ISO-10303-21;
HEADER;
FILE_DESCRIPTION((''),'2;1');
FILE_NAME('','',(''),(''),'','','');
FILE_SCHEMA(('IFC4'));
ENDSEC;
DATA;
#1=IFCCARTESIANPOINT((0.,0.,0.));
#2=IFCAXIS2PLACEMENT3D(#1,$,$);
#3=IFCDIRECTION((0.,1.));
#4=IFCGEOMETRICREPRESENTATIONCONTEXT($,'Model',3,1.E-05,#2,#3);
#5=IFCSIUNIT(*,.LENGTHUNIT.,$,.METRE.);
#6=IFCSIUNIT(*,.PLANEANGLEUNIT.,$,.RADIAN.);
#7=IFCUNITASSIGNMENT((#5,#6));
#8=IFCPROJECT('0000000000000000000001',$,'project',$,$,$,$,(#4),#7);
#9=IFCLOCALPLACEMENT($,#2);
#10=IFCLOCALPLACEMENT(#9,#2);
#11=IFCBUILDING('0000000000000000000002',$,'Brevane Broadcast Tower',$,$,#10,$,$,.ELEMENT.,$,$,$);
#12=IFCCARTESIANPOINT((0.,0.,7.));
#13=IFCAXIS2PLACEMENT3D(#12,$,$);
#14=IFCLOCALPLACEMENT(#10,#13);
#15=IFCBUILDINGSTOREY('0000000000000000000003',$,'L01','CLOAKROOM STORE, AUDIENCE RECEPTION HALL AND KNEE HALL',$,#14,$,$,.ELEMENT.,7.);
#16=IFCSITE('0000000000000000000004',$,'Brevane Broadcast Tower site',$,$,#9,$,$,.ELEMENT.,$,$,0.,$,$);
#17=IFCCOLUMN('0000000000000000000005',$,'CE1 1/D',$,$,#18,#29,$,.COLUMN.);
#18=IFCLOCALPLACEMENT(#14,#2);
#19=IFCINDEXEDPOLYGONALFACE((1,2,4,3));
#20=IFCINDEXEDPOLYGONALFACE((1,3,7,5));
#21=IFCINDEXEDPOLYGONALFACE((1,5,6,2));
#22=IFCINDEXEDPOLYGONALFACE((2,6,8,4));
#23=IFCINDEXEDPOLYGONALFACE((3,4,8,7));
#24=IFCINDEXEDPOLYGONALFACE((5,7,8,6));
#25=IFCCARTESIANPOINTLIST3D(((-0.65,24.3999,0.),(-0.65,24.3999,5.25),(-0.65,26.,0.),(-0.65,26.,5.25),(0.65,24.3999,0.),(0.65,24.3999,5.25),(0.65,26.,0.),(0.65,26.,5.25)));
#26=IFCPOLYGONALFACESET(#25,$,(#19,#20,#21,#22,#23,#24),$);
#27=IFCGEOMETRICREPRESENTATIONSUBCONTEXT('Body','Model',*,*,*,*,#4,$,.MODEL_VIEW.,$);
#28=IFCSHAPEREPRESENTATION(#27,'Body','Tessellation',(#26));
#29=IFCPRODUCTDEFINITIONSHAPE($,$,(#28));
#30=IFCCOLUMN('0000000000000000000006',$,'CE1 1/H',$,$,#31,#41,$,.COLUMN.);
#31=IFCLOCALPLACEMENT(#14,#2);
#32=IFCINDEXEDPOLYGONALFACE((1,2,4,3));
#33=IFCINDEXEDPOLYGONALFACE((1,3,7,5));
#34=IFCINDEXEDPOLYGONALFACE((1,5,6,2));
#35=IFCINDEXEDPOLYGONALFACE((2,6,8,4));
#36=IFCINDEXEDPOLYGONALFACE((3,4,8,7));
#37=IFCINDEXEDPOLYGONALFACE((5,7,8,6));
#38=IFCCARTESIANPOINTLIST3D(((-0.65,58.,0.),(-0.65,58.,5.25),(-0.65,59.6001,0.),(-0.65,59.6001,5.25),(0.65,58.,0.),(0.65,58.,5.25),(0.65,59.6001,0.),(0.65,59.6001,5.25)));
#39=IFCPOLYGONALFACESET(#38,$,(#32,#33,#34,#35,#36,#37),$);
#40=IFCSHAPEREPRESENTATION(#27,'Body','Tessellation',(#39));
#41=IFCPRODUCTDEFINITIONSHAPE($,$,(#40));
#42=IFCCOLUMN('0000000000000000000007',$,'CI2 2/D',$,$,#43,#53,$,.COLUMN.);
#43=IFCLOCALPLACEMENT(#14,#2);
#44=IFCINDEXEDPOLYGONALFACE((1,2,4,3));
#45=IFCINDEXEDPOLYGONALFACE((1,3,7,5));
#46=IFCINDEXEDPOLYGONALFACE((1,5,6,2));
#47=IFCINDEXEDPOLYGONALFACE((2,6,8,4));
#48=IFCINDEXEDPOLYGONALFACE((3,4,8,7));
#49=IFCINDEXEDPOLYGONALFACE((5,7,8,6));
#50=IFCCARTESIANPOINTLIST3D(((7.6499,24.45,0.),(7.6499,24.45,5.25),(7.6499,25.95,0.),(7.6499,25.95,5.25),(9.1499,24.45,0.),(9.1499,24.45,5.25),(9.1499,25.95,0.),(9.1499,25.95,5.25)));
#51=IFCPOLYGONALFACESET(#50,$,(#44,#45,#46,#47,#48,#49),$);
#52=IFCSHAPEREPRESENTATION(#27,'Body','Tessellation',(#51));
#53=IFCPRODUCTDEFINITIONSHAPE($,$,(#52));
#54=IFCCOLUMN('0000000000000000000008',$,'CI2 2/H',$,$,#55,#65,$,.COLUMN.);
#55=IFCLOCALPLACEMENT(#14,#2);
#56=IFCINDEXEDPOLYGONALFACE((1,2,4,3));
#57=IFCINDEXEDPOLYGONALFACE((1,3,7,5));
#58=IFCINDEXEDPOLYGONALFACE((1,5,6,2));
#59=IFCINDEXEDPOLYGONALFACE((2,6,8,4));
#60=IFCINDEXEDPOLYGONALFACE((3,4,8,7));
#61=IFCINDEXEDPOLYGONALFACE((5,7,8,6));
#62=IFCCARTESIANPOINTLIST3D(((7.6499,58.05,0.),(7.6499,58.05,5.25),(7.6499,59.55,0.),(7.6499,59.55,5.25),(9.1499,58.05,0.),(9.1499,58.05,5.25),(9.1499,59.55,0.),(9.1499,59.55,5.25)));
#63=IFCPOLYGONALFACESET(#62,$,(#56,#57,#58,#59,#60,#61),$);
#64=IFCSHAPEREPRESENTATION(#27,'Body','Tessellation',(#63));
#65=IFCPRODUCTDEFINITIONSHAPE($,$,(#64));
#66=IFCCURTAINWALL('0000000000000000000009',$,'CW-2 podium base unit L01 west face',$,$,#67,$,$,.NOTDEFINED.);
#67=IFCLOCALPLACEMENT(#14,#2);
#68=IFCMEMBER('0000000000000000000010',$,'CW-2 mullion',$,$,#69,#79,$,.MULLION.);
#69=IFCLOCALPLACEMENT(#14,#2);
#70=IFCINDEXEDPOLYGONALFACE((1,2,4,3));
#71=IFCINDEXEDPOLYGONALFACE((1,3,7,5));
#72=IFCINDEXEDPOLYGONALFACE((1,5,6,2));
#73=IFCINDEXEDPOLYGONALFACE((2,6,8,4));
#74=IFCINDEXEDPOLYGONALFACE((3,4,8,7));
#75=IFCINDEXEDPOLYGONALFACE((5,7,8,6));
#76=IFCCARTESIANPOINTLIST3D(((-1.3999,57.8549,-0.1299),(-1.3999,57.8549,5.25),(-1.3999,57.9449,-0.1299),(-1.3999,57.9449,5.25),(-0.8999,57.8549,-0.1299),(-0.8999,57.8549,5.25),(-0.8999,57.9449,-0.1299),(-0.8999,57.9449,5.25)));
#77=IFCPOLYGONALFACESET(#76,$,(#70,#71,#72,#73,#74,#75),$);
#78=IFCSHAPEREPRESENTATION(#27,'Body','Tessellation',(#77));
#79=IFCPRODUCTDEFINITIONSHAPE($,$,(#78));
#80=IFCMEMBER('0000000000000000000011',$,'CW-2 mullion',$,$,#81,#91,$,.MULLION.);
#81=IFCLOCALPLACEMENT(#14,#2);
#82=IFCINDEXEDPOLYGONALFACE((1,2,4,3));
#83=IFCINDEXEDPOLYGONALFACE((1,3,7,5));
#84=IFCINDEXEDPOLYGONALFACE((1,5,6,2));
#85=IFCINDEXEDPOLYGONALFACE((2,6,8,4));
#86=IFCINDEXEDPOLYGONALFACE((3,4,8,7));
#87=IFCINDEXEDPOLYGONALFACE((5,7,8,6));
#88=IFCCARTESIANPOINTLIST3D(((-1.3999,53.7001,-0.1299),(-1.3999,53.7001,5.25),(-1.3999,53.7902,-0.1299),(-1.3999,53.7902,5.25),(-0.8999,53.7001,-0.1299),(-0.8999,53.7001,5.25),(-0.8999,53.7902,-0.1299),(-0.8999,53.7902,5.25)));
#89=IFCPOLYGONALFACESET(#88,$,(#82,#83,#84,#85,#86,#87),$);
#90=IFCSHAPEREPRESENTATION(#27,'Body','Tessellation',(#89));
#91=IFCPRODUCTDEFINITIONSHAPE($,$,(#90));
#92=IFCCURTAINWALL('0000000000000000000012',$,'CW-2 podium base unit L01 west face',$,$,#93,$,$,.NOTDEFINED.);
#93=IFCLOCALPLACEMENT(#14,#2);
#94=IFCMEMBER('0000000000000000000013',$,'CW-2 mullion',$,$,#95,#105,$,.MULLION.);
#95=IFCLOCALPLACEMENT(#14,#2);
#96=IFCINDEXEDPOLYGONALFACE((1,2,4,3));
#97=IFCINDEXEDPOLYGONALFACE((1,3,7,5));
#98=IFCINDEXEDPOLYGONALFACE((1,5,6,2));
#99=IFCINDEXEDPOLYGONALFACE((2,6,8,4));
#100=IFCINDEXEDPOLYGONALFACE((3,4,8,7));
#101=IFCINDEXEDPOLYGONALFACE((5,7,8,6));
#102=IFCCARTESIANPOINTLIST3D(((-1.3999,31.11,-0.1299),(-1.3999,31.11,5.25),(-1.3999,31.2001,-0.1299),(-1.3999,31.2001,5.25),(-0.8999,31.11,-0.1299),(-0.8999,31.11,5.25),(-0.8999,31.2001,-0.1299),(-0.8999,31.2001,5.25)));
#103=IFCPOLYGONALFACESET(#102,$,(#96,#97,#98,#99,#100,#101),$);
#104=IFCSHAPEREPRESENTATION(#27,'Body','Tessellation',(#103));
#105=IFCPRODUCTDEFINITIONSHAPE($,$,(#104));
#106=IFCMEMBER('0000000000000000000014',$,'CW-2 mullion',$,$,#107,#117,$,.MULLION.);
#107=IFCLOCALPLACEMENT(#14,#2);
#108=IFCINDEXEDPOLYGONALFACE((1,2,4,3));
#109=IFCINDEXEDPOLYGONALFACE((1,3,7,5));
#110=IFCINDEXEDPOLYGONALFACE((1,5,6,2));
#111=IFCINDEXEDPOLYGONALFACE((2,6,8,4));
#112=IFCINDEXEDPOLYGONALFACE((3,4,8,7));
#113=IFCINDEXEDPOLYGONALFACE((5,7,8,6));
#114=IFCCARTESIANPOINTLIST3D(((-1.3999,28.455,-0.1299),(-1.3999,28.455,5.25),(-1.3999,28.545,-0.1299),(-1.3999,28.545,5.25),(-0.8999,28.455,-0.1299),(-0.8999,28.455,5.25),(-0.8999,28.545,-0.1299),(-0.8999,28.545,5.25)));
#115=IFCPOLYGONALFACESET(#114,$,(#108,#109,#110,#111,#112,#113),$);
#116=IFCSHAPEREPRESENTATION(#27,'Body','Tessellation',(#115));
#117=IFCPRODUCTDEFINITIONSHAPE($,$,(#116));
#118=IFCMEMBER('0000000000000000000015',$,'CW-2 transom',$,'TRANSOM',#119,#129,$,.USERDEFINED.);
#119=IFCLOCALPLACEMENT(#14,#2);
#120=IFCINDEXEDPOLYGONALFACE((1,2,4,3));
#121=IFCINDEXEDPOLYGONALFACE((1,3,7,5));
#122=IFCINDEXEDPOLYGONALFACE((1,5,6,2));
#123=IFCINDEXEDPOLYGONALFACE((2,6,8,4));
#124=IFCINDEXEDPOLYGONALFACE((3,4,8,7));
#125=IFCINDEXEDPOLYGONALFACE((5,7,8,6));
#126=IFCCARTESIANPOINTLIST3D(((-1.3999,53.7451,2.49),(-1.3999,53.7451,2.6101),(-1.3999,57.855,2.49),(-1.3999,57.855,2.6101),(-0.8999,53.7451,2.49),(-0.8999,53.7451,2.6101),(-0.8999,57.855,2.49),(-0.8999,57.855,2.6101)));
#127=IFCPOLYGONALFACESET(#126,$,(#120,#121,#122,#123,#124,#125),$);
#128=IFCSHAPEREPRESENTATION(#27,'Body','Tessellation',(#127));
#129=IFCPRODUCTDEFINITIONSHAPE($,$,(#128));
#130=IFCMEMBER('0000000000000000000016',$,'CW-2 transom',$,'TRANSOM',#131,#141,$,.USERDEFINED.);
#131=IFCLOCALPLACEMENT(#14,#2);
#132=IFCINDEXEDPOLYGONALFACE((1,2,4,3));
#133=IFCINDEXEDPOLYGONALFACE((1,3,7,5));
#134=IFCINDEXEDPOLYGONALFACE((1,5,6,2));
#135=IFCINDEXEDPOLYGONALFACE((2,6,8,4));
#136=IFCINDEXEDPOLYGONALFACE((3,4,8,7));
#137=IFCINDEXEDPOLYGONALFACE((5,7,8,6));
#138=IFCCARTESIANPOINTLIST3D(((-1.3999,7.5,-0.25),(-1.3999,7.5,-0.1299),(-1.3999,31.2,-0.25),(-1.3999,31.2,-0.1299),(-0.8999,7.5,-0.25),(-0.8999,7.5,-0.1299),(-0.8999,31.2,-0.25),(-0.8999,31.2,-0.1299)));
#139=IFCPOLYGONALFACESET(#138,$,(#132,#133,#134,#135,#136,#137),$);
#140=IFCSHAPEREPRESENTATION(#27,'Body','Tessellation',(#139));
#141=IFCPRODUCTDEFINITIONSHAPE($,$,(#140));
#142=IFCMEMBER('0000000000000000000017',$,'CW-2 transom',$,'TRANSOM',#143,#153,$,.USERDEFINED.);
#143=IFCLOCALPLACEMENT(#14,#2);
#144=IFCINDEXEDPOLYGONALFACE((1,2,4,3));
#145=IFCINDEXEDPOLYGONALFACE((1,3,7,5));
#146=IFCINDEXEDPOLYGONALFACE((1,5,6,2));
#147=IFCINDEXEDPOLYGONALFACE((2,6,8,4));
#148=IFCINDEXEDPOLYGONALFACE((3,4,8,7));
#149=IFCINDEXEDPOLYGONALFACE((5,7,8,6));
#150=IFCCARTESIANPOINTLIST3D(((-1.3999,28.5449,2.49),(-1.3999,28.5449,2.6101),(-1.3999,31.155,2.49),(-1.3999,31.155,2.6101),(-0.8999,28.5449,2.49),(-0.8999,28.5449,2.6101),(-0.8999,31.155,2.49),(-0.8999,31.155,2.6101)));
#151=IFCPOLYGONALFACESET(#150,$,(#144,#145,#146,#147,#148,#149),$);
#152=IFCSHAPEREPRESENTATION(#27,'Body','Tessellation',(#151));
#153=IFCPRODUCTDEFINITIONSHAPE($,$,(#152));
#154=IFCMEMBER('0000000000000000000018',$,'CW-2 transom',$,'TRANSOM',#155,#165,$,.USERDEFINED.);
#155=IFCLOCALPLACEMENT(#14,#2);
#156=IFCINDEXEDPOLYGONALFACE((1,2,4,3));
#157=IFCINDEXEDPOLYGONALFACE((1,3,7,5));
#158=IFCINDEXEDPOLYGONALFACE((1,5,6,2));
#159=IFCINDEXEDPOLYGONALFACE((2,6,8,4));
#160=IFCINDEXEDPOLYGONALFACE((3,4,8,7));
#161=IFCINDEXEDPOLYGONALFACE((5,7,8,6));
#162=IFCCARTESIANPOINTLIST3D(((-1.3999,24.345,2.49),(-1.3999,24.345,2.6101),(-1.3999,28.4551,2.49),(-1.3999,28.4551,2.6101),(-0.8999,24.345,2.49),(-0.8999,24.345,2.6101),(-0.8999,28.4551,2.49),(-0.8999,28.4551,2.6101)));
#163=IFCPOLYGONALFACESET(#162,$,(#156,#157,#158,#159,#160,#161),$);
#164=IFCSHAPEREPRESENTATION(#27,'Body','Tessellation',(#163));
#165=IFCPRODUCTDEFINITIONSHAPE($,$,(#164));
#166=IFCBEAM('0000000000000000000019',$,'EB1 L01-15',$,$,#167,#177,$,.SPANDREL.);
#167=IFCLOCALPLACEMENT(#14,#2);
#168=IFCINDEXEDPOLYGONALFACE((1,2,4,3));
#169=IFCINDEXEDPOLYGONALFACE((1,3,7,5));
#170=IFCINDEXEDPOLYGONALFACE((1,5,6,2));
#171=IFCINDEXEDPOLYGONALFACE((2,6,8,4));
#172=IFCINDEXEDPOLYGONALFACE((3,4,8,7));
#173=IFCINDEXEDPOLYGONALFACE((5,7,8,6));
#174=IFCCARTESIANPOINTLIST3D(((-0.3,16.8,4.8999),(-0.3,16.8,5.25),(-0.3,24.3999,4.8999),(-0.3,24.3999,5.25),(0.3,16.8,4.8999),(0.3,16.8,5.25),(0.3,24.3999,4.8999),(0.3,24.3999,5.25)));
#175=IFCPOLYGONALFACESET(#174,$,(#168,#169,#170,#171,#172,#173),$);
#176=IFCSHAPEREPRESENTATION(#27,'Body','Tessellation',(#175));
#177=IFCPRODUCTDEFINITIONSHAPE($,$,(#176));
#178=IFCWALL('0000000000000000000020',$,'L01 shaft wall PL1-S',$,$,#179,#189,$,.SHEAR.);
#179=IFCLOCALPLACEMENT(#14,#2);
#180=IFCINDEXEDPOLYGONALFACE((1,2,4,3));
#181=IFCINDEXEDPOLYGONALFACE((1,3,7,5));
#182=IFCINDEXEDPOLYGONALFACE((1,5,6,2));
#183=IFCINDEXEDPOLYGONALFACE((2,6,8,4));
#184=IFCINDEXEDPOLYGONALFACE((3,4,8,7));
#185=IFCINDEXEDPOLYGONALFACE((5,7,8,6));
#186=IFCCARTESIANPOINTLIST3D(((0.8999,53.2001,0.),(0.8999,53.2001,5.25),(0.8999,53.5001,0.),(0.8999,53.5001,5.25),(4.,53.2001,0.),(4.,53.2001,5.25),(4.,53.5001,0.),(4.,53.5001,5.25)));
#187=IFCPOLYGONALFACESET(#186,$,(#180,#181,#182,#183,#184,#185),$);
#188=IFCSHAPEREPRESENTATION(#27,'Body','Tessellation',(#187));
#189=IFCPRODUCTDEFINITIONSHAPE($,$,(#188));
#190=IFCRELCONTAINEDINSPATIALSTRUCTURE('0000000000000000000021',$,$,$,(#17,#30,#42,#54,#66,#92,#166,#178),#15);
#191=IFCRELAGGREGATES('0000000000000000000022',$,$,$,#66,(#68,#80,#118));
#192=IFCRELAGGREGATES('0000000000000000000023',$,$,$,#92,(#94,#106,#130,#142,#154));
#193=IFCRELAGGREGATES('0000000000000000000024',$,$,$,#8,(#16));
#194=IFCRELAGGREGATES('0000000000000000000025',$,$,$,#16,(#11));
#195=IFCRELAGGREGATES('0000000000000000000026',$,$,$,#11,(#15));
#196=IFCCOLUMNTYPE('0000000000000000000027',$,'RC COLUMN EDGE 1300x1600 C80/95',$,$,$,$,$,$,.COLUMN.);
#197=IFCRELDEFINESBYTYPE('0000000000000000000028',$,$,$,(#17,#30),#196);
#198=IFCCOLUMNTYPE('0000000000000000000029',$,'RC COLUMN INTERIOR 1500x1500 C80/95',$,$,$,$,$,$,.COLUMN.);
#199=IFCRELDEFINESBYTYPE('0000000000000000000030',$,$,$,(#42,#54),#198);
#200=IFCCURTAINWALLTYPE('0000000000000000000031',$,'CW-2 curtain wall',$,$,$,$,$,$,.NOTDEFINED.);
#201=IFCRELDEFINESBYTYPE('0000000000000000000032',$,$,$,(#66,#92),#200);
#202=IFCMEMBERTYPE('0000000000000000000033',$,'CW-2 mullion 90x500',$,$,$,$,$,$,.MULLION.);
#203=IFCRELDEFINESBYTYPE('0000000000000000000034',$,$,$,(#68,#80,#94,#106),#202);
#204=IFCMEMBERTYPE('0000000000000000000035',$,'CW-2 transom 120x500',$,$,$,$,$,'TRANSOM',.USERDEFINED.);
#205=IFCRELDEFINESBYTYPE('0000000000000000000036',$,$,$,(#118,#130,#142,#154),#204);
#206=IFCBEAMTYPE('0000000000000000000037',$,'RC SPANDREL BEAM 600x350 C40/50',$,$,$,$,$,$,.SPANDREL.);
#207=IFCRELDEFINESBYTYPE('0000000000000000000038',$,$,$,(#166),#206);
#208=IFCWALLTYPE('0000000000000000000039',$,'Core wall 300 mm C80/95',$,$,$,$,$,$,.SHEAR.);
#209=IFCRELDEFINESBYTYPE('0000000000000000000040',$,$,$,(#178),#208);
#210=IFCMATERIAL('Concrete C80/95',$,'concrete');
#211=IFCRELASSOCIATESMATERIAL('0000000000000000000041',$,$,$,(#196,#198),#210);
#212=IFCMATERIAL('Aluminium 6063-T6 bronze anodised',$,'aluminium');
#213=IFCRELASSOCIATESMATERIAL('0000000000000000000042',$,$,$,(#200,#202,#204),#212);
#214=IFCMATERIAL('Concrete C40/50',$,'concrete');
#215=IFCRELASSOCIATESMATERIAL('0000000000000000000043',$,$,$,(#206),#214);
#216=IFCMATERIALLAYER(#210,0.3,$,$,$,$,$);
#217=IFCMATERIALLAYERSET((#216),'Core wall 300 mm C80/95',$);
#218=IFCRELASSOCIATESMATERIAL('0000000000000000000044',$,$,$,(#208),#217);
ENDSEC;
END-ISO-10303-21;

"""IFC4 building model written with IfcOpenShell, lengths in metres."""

from ifc_helpers import new_model, si_unit, direction, frame, frame_2d, origin, origin_2d, place, context, subcontext, project, spatial, rectangle, extrude, material, layer, layer_set, material_profile, profile_set, type_object, element, aggregate, save


model = new_model("IFC4")

# Units and contexts
model_context = context("Model", 3, precision=1e-05, world=origin(), true_north=direction((0.0, 1.0)))
body_context = subcontext(model_context, "Body", "Model", "MODEL_VIEW")
ifc_project = project(units=[si_unit("LENGTHUNIT", "METRE"), si_unit("PLANEANGLEUNIT", "RADIAN")], contexts=[model_context])

# Site, building, storey
site_placement = place(None, origin())
site = spatial("IfcSite", under=ifc_project, at=site_placement, Name="Brevane Broadcast Tower site", CompositionType="ELEMENT", RefElevation=0.0)
building_placement = place(site_placement, origin())
building = spatial("IfcBuilding", under=site, at=building_placement, Name="Brevane Broadcast Tower", CompositionType="ELEMENT")
storey_placement = place(building_placement, frame((0.0, 0.0, 7.0)))
storey = spatial("IfcBuildingStorey", under=building, at=storey_placement, Name="L01", Description="CLOAKROOM STORE, AUDIENCE RECEPTION HALL AND KNEE HALL", CompositionType="ELEMENT", Elevation=7.0)

# Columns
ifc_material_1 = material(Name="Concrete C80/95", Category="concrete")
ifc_material_profile_1 = material_profile(ifc_material_1, rectangle(XDim=1.3, YDim=1.6001, at=origin_2d()), Name="RC 1300x1600")
ifc_profile_set_1 = profile_set([ifc_material_profile_1], Name="Concrete C80/95")
column_type_1 = type_object("IfcColumnType", Name="RC COLUMN EDGE 1300x1600 C80/95", PredefinedType="COLUMN", material=ifc_profile_set_1)
for number, where, z_axis, x_axis, name in (
    (1, (0.0, 25.2, 0.0), (0.0, 0.0, 1.0), (1.0, 0.0, 0.0), "CE1 1/D"),
    (2, (0.0, 58.8, 0.0), (0.0, 0.0, 1.0), (1.0, 0.0, 0.0), "CE1 1/H"),
):
    element("IfcColumn", number, at=place(storey_placement, frame(where, z_axis=z_axis, x_axis=x_axis)), inside=storey, type_object=column_type_1, Name=name, PredefinedType="COLUMN", context=body_context, shape_type="SweptSolid", body=[
        extrude(rectangle(XDim=1.3, YDim=1.6001, at=origin_2d()), origin(), (0.0, 0.0, 1.0), 5.25),
    ])
ifc_material_profile_2 = material_profile(ifc_material_1, rectangle(XDim=1.5, YDim=1.5, at=origin_2d()), Name="RC 1500x1500")
ifc_profile_set_2 = profile_set([ifc_material_profile_2], Name="Concrete C80/95")
column_type_2 = type_object("IfcColumnType", Name="RC COLUMN INTERIOR 1500x1500 C80/95", PredefinedType="COLUMN", material=ifc_profile_set_2)
for number, where, z_axis, x_axis, name in (
    (3, (8.3999, 25.2, 0.0), (0.0, 0.0, 1.0), (1.0, 0.0, 0.0), "CI2 2/D"),
    (4, (8.3999, 58.8, 0.0), (0.0, 0.0, 1.0), (1.0, 0.0, 0.0), "CI2 2/H"),
):
    element("IfcColumn", number, at=place(storey_placement, frame(where, z_axis=z_axis, x_axis=x_axis)), inside=storey, type_object=column_type_2, Name=name, PredefinedType="COLUMN", context=body_context, shape_type="SweptSolid", body=[
        extrude(rectangle(XDim=1.5, YDim=1.5, at=origin_2d()), origin(), (0.0, 0.0, 1.0), 5.25),
    ])

# Curtain walls, members
ifc_material_2 = material(Name="Aluminium 6063-T6 bronze anodised", Category="aluminium")
curtain_wall_type = type_object("IfcCurtainWallType", Name="CW-2 curtain wall", PredefinedType="NOTDEFINED", material=ifc_material_2)
curtain_wall_1_placement = place(storey_placement, origin())
curtain_wall_1 = element("IfcCurtainWall", 5, at=curtain_wall_1_placement, inside=storey, type_object=curtain_wall_type, Name="CW-2 podium base unit L01 west face", PredefinedType="NOTDEFINED")
ifc_material_profile_3 = material_profile(ifc_material_2, rectangle(XDim=0.5, YDim=0.0901, at=origin_2d()), Name="RECT 90x500")
ifc_profile_set_3 = profile_set([ifc_material_profile_3], Name="Aluminium 6063-T6 bronze anodised")
member_type_1 = type_object("IfcMemberType", Name="CW-2 mullion 90x500", PredefinedType="MULLION", material=ifc_profile_set_3)
member_1_placement = place(storey_placement, frame((-1.1499, 57.8999, -0.1299), z_axis=(0.0, 0.0, 1.0), x_axis=(1.0, 0.0, 0.0)))
member_1 = element("IfcMember", 6, at=member_1_placement, type_object=member_type_1, Name="CW-2 mullion", PredefinedType="MULLION", context=body_context, shape_type="SweptSolid", body=[
    extrude(rectangle(XDim=0.5, YDim=0.0901, at=origin_2d()), origin(), (0.0, 0.0, 1.0), 5.3799),
])
member_2_placement = place(storey_placement, frame((-1.1499, 53.7451, -0.1299), z_axis=(0.0, 0.0, 1.0), x_axis=(1.0, 0.0, 0.0)))
member_2 = element("IfcMember", 7, at=member_2_placement, type_object=member_type_1, Name="CW-2 mullion", PredefinedType="MULLION", context=body_context, shape_type="SweptSolid", body=[
    extrude(rectangle(XDim=0.5, YDim=0.0901, at=origin_2d()), origin(), (0.0, 0.0, 1.0), 5.3799),
])
curtain_wall_2_placement = place(storey_placement, origin())
curtain_wall_2 = element("IfcCurtainWall", 8, at=curtain_wall_2_placement, inside=storey, type_object=curtain_wall_type, Name="CW-2 podium base unit L01 west face", PredefinedType="NOTDEFINED")
member_3_placement = place(storey_placement, frame((-1.1499, 31.155, -0.1299), z_axis=(0.0, 0.0, 1.0), x_axis=(1.0, 0.0, 0.0)))
member_3 = element("IfcMember", 9, at=member_3_placement, type_object=member_type_1, Name="CW-2 mullion", PredefinedType="MULLION", context=body_context, shape_type="SweptSolid", body=[
    extrude(rectangle(XDim=0.5, YDim=0.0901, at=origin_2d()), origin(), (0.0, 0.0, 1.0), 5.3799),
])
member_4_placement = place(storey_placement, frame((-1.1499, 28.5, -0.1299), z_axis=(0.0, 0.0, 1.0), x_axis=(1.0, 0.0, 0.0)))
member_4 = element("IfcMember", 10, at=member_4_placement, type_object=member_type_1, Name="CW-2 mullion", PredefinedType="MULLION", context=body_context, shape_type="SweptSolid", body=[
    extrude(rectangle(XDim=0.5, YDim=0.0901, at=origin_2d()), origin(), (0.0, 0.0, 1.0), 5.3799),
])

# Members
ifc_material_profile_4 = material_profile(ifc_material_2, rectangle(XDim=0.5, YDim=0.1201, at=origin_2d()), Name="RECT 120x500")
ifc_profile_set_4 = profile_set([ifc_material_profile_4], Name="Aluminium 6063-T6 bronze anodised")
member_type_2 = type_object("IfcMemberType", Name="CW-2 transom 120x500", ElementType="TRANSOM", PredefinedType="USERDEFINED", material=ifc_profile_set_4)
member_5_placement = place(storey_placement, frame((-1.1499, 57.855, 2.55), z_axis=(0.0, -1.0, 0.0), x_axis=(1.0, 0.0, 0.0)))
member_5 = element("IfcMember", 11, at=member_5_placement, type_object=member_type_2, Name="CW-2 transom", ObjectType="TRANSOM", PredefinedType="USERDEFINED", context=body_context, shape_type="SweptSolid", body=[
    extrude(rectangle(XDim=0.5, YDim=0.1201, at=origin_2d()), origin(), (0.0, 0.0, 1.0), 4.1099),
])
aggregate(curtain_wall_1, [member_1, member_2, member_5])
member_6_placement = place(storey_placement, frame((-1.1499, 31.2, -0.1899), z_axis=(0.0, -1.0, 0.0), x_axis=(1.0, 0.0, 0.0)))
member_6 = element("IfcMember", 12, at=member_6_placement, type_object=member_type_2, Name="CW-2 transom", ObjectType="TRANSOM", PredefinedType="USERDEFINED", context=body_context, shape_type="SweptSolid", body=[
    extrude(rectangle(XDim=0.5, YDim=0.1201, at=origin_2d()), origin(), (0.0, 0.0, 1.0), 23.7),
])
member_7_placement = place(storey_placement, frame((-1.1499, 31.155, 2.55), z_axis=(0.0, -1.0, 0.0), x_axis=(1.0, 0.0, 0.0)))
member_7 = element("IfcMember", 13, at=member_7_placement, type_object=member_type_2, Name="CW-2 transom", ObjectType="TRANSOM", PredefinedType="USERDEFINED", context=body_context, shape_type="SweptSolid", body=[
    extrude(rectangle(XDim=0.5, YDim=0.1201, at=origin_2d()), origin(), (0.0, 0.0, 1.0), 2.6101),
])
member_8_placement = place(storey_placement, frame((-1.1499, 28.4551, 2.55), z_axis=(0.0, -1.0, 0.0), x_axis=(1.0, 0.0, 0.0)))
member_8 = element("IfcMember", 14, at=member_8_placement, type_object=member_type_2, Name="CW-2 transom", ObjectType="TRANSOM", PredefinedType="USERDEFINED", context=body_context, shape_type="SweptSolid", body=[
    extrude(rectangle(XDim=0.5, YDim=0.1201, at=origin_2d()), origin(), (0.0, 0.0, 1.0), 4.1101),
])
aggregate(curtain_wall_2, [member_3, member_4, member_6, member_7, member_8])

# Beam
ifc_material_3 = material(Name="Concrete C40/50", Category="concrete")
ifc_material_profile_5 = material_profile(ifc_material_3, rectangle(XDim=0.6001, YDim=0.3501, at=origin_2d()), Name="RC 600x350")
ifc_profile_set_5 = profile_set([ifc_material_profile_5], Name="Concrete C40/50")
beam_type = type_object("IfcBeamType", Name="RC SPANDREL BEAM 600x350 C40/50", PredefinedType="SPANDREL", material=ifc_profile_set_5)
beam_placement = place(storey_placement, frame((0.0, 24.3999, 5.075), z_axis=(0.0, -1.0, 0.0), x_axis=(1.0, 0.0, 0.0)))
element("IfcBeam", 15, at=beam_placement, inside=storey, type_object=beam_type, Name="EB1 L01-15", PredefinedType="SPANDREL", context=body_context, shape_type="SweptSolid", body=[
    extrude(rectangle(XDim=0.6001, YDim=0.3501, at=origin_2d()), origin(), (0.0, 0.0, 1.0), 7.5999),
])

# Wall
ifc_layer_1 = layer(ifc_material_1, 0.3)
ifc_layer_set_1 = layer_set([ifc_layer_1], Name="Core wall 300 mm C80/95")
wall_type_1 = type_object("IfcWallType", Name="Core wall 300 mm C80/95", PredefinedType="SHEAR", material=ifc_layer_set_1)
for number, where, z_axis, x_axis, name in (
    (16, (0.8999, 53.3501, 0.0), (0.0, 0.0, 1.0), (1.0, 0.0, 0.0), "L01 shaft wall PL1-S"),
):
    element("IfcWall", number, at=place(storey_placement, frame(where, z_axis=z_axis, x_axis=x_axis)), inside=storey, type_object=wall_type_1, Name=name, PredefinedType="SHEAR", context=body_context, shape_type="SweptSolid", body=[
        extrude(rectangle(XDim=3.1001, YDim=0.3, at=frame_2d((1.55, 0.0))), origin(), (0.0, 0.0, 1.0), 5.25),
    ])

save(model, "model.ifc")
